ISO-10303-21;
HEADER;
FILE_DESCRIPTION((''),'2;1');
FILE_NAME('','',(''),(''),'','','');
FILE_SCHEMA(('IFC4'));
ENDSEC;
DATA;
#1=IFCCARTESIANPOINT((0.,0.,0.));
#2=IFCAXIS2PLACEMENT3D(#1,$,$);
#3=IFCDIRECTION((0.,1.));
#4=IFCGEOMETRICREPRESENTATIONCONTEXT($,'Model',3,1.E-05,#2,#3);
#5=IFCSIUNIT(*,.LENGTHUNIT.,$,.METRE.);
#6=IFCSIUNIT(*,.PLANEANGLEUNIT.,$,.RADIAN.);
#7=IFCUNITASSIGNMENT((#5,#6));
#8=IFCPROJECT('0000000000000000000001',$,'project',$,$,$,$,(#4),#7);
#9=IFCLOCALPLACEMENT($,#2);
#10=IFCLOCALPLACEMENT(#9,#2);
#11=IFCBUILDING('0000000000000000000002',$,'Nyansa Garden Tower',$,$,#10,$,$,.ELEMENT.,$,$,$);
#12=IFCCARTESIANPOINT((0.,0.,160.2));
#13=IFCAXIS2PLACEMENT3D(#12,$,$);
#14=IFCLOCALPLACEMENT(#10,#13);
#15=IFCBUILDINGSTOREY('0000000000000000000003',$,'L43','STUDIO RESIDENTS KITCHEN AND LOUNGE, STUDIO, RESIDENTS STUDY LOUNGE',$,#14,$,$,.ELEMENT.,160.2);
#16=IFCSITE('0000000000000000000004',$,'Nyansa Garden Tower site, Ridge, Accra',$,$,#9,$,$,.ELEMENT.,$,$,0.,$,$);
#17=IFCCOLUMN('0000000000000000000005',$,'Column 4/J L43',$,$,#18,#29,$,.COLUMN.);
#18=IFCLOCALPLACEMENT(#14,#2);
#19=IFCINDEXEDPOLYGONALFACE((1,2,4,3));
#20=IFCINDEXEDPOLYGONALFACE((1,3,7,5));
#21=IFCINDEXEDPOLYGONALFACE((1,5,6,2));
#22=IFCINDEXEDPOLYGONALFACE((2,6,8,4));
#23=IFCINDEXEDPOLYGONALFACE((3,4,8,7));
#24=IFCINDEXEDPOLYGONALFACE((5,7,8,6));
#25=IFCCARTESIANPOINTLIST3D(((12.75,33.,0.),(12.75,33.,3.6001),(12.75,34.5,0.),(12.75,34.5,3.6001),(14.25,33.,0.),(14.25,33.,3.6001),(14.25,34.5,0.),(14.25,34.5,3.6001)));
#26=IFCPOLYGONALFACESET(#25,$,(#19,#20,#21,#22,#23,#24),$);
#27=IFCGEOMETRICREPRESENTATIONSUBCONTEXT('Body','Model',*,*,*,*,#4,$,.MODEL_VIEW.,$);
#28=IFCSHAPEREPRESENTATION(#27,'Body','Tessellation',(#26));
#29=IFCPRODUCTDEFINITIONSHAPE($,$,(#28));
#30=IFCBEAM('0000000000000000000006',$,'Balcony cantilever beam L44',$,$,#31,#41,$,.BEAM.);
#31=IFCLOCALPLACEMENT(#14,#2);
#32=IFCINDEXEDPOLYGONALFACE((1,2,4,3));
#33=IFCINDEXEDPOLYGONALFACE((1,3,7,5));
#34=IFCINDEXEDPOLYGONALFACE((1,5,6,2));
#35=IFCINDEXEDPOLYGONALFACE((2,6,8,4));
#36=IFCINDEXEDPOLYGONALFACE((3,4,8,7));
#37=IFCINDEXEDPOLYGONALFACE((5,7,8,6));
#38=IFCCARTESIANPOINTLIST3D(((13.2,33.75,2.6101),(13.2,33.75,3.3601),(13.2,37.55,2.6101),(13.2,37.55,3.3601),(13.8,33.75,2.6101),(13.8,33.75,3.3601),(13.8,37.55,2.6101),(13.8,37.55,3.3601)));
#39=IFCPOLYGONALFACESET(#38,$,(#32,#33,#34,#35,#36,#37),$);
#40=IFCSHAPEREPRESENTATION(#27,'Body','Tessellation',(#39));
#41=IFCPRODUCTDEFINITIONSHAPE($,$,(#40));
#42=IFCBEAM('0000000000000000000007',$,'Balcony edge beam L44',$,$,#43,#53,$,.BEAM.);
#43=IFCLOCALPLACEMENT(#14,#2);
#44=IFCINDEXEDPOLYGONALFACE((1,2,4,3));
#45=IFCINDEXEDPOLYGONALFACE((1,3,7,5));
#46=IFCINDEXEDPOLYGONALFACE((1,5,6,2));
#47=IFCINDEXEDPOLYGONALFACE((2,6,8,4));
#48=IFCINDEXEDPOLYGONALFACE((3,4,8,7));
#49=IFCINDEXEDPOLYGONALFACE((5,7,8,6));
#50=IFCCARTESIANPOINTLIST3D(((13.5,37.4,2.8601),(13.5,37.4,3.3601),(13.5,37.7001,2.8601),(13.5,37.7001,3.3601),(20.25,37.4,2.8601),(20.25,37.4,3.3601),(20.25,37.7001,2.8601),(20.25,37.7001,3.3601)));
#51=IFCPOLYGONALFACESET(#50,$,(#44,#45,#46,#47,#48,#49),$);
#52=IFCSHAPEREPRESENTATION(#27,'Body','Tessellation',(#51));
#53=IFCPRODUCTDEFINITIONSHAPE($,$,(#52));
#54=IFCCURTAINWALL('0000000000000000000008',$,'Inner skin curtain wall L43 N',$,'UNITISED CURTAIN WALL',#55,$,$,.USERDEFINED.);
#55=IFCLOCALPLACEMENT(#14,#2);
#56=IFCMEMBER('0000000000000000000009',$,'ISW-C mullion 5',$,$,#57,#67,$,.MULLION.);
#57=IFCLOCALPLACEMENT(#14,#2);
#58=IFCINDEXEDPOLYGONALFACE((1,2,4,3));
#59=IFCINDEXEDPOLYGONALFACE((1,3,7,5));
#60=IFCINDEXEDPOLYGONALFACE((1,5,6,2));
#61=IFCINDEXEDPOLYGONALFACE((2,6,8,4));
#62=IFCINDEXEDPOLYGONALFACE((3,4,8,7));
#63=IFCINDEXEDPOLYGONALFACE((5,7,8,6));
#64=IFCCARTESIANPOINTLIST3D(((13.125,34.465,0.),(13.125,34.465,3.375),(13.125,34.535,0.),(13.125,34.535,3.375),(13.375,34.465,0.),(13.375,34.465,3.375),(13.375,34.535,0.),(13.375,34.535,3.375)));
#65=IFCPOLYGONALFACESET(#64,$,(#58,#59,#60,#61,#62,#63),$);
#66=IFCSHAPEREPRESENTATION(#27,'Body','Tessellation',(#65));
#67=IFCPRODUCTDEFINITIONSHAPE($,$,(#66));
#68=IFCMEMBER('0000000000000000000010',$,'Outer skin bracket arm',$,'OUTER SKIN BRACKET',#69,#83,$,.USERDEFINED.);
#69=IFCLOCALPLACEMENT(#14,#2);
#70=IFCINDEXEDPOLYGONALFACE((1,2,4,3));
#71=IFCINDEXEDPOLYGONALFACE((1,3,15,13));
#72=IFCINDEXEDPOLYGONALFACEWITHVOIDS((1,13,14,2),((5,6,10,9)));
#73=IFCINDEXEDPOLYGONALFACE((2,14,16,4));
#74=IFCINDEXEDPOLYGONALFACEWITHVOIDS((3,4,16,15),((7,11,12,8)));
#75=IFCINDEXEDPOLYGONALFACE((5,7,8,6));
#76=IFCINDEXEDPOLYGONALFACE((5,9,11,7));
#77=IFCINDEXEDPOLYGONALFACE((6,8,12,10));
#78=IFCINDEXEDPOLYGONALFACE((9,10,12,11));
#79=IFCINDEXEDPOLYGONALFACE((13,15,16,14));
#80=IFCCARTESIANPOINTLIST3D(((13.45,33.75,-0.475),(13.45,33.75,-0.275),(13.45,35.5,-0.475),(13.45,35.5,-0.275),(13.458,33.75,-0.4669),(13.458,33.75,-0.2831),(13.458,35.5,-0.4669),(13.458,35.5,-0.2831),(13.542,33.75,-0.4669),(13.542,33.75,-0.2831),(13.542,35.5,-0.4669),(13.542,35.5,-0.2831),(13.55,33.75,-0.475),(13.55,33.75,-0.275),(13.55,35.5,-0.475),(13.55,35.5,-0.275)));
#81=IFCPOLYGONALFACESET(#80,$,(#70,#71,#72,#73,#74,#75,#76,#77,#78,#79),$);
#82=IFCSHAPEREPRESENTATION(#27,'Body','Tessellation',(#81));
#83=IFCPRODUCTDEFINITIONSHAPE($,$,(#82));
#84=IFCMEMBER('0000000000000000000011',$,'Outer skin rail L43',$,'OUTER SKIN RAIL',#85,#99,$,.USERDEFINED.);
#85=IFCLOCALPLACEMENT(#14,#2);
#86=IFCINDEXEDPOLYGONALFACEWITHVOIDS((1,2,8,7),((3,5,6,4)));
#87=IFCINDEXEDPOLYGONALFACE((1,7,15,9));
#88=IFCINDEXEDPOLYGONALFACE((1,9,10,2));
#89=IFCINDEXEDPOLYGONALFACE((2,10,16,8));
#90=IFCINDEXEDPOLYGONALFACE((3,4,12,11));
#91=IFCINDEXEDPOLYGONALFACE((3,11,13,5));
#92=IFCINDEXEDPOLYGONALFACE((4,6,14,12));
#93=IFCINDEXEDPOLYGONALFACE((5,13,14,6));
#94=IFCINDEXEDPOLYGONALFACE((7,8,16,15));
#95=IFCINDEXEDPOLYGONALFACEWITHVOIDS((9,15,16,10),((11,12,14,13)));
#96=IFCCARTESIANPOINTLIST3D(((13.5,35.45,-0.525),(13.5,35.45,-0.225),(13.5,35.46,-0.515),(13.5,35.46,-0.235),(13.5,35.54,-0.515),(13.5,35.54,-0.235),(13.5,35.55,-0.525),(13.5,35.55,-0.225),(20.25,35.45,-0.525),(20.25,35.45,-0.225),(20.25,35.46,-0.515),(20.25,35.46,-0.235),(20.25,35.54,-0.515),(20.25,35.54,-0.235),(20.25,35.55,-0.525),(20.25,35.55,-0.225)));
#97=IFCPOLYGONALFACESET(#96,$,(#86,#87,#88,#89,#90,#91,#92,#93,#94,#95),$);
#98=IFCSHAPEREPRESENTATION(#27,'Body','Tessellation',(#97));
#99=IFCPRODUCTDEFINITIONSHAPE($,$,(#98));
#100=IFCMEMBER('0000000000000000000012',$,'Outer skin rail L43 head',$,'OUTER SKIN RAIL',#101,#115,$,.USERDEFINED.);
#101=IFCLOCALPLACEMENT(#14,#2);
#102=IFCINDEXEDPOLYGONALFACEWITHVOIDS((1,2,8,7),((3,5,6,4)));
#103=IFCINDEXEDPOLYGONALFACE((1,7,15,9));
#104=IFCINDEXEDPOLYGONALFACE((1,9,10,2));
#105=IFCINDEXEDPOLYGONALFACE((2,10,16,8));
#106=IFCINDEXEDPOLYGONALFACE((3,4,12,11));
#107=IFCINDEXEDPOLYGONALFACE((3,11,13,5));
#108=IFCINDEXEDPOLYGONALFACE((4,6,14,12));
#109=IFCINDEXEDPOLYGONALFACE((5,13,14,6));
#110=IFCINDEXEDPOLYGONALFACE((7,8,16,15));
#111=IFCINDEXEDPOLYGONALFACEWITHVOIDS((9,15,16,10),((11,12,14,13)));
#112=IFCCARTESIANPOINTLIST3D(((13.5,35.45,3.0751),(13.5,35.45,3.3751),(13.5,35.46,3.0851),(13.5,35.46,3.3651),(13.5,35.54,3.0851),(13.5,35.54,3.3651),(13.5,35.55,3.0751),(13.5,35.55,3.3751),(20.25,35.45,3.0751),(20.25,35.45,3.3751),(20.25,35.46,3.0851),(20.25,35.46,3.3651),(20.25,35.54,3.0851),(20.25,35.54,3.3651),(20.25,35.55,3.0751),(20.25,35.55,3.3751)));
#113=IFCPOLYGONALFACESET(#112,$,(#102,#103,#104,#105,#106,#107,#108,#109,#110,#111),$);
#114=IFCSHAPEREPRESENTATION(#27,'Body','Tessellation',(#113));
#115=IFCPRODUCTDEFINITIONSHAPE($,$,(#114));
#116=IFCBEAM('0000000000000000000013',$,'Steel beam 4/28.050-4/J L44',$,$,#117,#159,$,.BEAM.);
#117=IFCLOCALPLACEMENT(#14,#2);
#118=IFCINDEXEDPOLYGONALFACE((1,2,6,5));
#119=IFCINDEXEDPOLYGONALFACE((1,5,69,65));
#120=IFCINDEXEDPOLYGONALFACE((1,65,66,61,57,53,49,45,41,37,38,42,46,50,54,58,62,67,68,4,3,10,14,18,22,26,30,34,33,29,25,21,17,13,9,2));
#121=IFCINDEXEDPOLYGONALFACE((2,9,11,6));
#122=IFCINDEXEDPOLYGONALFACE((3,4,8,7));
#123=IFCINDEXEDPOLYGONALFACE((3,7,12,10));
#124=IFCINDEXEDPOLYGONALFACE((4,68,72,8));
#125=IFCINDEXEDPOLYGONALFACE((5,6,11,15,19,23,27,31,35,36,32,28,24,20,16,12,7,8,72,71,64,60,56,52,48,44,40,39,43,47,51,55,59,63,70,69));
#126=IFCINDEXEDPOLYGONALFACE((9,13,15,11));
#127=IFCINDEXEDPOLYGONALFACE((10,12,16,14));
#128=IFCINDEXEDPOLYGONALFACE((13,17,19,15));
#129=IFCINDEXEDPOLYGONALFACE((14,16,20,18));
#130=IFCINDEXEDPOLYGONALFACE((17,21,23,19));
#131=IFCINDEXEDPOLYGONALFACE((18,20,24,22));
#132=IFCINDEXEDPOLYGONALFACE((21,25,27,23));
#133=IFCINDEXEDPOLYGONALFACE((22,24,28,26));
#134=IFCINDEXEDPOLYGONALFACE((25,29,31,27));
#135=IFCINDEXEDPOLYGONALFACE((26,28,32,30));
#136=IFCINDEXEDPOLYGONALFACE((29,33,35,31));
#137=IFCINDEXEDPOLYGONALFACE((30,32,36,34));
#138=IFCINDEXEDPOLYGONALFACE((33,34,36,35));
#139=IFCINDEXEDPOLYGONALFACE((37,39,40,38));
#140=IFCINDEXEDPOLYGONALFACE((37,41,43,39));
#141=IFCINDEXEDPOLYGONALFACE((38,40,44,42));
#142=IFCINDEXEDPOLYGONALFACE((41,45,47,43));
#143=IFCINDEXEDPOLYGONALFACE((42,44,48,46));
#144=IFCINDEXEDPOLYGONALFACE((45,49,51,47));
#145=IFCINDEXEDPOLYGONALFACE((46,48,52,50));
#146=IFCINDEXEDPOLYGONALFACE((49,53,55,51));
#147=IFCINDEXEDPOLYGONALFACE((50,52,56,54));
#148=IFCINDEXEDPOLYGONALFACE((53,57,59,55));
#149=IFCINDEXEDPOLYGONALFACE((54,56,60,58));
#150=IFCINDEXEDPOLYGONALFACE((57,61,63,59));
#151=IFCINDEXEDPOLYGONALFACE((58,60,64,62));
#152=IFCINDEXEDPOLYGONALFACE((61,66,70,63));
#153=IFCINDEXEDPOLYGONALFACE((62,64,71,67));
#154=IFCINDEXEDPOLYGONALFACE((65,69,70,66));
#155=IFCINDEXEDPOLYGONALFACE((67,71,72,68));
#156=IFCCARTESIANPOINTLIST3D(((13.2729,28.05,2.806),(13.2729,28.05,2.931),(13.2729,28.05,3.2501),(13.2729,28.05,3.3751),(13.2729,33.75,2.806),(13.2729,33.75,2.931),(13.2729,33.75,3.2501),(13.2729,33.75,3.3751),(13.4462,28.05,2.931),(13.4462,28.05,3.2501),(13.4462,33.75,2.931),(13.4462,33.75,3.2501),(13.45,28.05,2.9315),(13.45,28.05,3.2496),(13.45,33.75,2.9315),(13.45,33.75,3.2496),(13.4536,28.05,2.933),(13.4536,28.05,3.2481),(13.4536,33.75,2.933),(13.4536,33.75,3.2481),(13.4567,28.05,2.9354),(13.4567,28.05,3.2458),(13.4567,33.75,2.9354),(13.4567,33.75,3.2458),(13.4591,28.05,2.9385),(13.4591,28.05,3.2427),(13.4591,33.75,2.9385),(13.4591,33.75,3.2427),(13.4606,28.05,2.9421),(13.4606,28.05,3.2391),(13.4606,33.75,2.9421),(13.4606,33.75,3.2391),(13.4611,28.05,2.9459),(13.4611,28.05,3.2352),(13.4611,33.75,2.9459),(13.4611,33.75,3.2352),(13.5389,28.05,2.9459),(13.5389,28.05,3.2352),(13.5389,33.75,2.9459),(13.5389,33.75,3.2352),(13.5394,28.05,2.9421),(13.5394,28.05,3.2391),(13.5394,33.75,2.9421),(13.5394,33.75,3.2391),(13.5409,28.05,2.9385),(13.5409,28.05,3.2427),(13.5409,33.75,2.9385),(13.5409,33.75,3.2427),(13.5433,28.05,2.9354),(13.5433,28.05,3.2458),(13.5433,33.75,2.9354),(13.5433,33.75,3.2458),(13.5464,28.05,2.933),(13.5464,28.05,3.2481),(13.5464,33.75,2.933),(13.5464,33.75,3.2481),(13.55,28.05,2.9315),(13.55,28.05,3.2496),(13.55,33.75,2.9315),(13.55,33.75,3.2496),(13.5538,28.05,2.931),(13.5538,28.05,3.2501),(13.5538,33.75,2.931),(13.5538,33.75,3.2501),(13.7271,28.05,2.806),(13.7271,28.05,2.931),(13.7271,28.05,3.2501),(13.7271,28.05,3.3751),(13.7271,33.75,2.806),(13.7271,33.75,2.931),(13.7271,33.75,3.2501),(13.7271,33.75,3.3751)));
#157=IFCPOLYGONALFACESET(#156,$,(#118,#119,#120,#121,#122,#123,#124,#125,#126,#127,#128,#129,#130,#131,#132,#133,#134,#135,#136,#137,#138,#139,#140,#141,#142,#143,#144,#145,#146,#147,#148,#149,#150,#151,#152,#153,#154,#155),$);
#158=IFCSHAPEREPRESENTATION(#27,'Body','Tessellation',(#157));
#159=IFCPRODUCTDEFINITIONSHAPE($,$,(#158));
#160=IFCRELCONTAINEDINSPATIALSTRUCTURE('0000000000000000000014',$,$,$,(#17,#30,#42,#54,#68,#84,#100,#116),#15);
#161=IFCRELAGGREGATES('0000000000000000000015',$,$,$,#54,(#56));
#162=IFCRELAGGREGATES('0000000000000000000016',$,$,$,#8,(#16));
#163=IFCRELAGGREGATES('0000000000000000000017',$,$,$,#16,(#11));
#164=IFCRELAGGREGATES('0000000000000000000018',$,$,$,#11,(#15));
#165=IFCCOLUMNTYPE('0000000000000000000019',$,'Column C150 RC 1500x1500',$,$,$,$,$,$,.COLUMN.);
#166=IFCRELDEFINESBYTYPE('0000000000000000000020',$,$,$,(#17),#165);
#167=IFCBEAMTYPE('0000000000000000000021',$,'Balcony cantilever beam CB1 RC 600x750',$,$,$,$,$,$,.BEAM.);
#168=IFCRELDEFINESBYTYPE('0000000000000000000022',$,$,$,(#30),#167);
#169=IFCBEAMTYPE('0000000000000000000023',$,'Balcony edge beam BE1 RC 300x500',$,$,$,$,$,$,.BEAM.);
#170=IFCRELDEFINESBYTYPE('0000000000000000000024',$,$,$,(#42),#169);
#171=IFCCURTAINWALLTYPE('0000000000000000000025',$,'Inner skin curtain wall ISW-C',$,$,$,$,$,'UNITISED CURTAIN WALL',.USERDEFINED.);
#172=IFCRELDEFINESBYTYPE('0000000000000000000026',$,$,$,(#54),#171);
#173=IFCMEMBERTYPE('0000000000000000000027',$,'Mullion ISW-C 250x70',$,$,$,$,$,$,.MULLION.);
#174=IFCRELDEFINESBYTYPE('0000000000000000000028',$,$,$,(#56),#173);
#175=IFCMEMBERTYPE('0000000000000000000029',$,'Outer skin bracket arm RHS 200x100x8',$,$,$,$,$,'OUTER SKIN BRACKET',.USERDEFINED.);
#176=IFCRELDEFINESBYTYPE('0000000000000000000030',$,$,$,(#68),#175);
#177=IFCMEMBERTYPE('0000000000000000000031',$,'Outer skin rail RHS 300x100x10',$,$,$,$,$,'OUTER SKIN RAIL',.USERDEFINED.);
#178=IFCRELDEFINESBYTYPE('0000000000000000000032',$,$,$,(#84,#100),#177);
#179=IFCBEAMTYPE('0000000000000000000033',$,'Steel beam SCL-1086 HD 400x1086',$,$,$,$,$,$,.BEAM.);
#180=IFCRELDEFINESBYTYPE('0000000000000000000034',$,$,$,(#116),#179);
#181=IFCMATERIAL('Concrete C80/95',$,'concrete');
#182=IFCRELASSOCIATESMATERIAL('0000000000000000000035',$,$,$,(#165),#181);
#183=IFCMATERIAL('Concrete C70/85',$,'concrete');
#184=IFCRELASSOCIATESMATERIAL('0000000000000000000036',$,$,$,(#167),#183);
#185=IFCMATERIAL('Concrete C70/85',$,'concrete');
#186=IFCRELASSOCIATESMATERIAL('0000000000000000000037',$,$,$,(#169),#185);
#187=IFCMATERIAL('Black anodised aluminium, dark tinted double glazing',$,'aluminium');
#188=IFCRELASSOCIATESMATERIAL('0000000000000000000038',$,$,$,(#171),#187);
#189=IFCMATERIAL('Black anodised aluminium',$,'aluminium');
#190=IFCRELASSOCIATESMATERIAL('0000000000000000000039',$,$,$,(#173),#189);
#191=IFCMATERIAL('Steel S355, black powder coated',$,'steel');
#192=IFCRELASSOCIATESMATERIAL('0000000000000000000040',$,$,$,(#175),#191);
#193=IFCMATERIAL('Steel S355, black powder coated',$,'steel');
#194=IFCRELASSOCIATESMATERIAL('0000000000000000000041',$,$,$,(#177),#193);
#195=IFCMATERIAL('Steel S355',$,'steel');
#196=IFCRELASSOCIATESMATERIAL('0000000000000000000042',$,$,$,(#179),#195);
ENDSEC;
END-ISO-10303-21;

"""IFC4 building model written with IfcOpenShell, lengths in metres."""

from ifc_helpers import new_model, si_unit, direction, frame, origin, origin_2d, place, context, subcontext, project, spatial, rectangle, hollow_rectangle, i_section, extrude, material, material_profile, profile_set, type_object, element, aggregate, save


model = new_model("IFC4")

# Units and contexts
model_context = context("Model", 3, precision=1e-05, world=origin(), true_north=direction((0.0, 1.0)))
body_context = subcontext(model_context, "Body", "Model", "MODEL_VIEW")
ifc_project = project(units=[si_unit("LENGTHUNIT", "METRE"), si_unit("PLANEANGLEUNIT", "RADIAN")], contexts=[model_context])

# Site, building, storey
site_placement = place(None, origin())
site = spatial("IfcSite", under=ifc_project, at=site_placement, Name="Nyansa Garden Tower site, Ridge, Accra", CompositionType="ELEMENT", RefElevation=0.0)
building_placement = place(site_placement, origin())
building = spatial("IfcBuilding", under=site, at=building_placement, Name="Nyansa Garden Tower", CompositionType="ELEMENT")
storey_placement = place(building_placement, frame((0.0, 0.0, 160.2)))
storey = spatial("IfcBuildingStorey", under=building, at=storey_placement, Name="L43", Description="STUDIO RESIDENTS KITCHEN AND LOUNGE, STUDIO, RESIDENTS STUDY LOUNGE", CompositionType="ELEMENT", Elevation=160.2)

# Column
ifc_material_1 = material(Name="Concrete C80/95", Category="concrete")
ifc_material_profile_1 = material_profile(ifc_material_1, rectangle(XDim=1.5, YDim=1.5, at=origin_2d()), Name="RC 1500x1500")
ifc_profile_set_1 = profile_set([ifc_material_profile_1], Name="Concrete C80/95")
column_type = type_object("IfcColumnType", Name="Column C150 RC 1500x1500", PredefinedType="COLUMN", material=ifc_profile_set_1)
column_placement = place(storey_placement, frame((13.5, 33.75, 0.0), z_axis=(0.0, 0.0, 1.0), x_axis=(1.0, 0.0, 0.0)))
element("IfcColumn", 1, at=column_placement, inside=storey, type_object=column_type, Name="Column 4/J L43", PredefinedType="COLUMN", context=body_context, shape_type="SweptSolid", body=[
    extrude(rectangle(XDim=1.5, YDim=1.5, at=origin_2d()), origin(), (0.0, 0.0, 1.0), 3.6001),
])

# Beams
ifc_material_2 = material(Name="Concrete C70/85", Category="concrete")
ifc_material_profile_2 = material_profile(ifc_material_2, rectangle(XDim=0.6001, YDim=0.75, at=origin_2d()), Name="RC 600x750")
ifc_profile_set_2 = profile_set([ifc_material_profile_2], Name="Concrete C70/85")
beam_type_1 = type_object("IfcBeamType", Name="Balcony cantilever beam CB1 RC 600x750", PredefinedType="BEAM", material=ifc_profile_set_2)
beam_1_placement = place(storey_placement, frame((13.5, 33.75, 2.9851), z_axis=(0.0, 1.0, 0.0), x_axis=(-1.0, 0.0, 0.0)))
element("IfcBeam", 2, at=beam_1_placement, inside=storey, type_object=beam_type_1, Name="Balcony cantilever beam L44", PredefinedType="BEAM", context=body_context, shape_type="SweptSolid", body=[
    extrude(rectangle(XDim=0.6001, YDim=0.75, at=origin_2d()), origin(), (0.0, 0.0, 1.0), 3.8),
])
ifc_material_3 = material(Name="Concrete C70/85", Category="concrete")
ifc_material_profile_3 = material_profile(ifc_material_3, rectangle(XDim=0.3, YDim=0.5, at=origin_2d()), Name="RC 300x500")
ifc_profile_set_3 = profile_set([ifc_material_profile_3], Name="Concrete C70/85")
beam_type_2 = type_object("IfcBeamType", Name="Balcony edge beam BE1 RC 300x500", PredefinedType="BEAM", material=ifc_profile_set_3)
beam_2_placement = place(storey_placement, frame((13.5, 37.55, 3.1101), z_axis=(1.0, 0.0, 0.0), x_axis=(0.0, 1.0, 0.0)))
element("IfcBeam", 3, at=beam_2_placement, inside=storey, type_object=beam_type_2, Name="Balcony edge beam L44", PredefinedType="BEAM", context=body_context, shape_type="SweptSolid", body=[
    extrude(rectangle(XDim=0.3, YDim=0.5, at=origin_2d()), origin(), (0.0, 0.0, 1.0), 6.75),
])

# Curtain wall, member
ifc_material_4 = material(Name="Black anodised aluminium, dark tinted double glazing", Category="aluminium")
curtain_wall_type = type_object("IfcCurtainWallType", Name="Inner skin curtain wall ISW-C", ElementType="UNITISED CURTAIN WALL", PredefinedType="USERDEFINED", material=ifc_material_4)
curtain_wall_placement = place(storey_placement, origin())
curtain_wall = element("IfcCurtainWall", 4, at=curtain_wall_placement, inside=storey, type_object=curtain_wall_type, Name="Inner skin curtain wall L43 N", ObjectType="UNITISED CURTAIN WALL", PredefinedType="USERDEFINED")
ifc_material_5 = material(Name="Black anodised aluminium", Category="aluminium")
ifc_material_profile_4 = material_profile(ifc_material_5, rectangle(XDim=0.0701, YDim=0.25, at=origin_2d()), Name="Mullion 250x70")
ifc_profile_set_4 = profile_set([ifc_material_profile_4], Name="Black anodised aluminium")
member_type_1 = type_object("IfcMemberType", Name="Mullion ISW-C 250x70", PredefinedType="MULLION", material=ifc_profile_set_4)
member_1_placement = place(storey_placement, frame((13.25, 34.5, 0.0), z_axis=(0.0, 0.0, 1.0), x_axis=(0.0, -1.0, 0.0)))
member_1 = element("IfcMember", 5, at=member_1_placement, type_object=member_type_1, Name="ISW-C mullion 5", PredefinedType="MULLION", context=body_context, shape_type="SweptSolid", body=[
    extrude(rectangle(XDim=0.0701, YDim=0.25, at=origin_2d()), origin(), (0.0, 0.0, 1.0), 3.375),
])

# Members
ifc_material_6 = material(Name="Steel S355, black powder coated", Category="steel")
ifc_material_profile_5 = material_profile(ifc_material_6, hollow_rectangle(XDim=0.1001, YDim=0.2, WallThickness=0.0081, at=origin_2d()), Name="RHS 200x100x8")
ifc_profile_set_5 = profile_set([ifc_material_profile_5], Name="Steel S355, black powder coated")
member_type_2 = type_object("IfcMemberType", Name="Outer skin bracket arm RHS 200x100x8", ElementType="OUTER SKIN BRACKET", PredefinedType="USERDEFINED", material=ifc_profile_set_5)
member_2_placement = place(storey_placement, frame((13.5, 33.75, -0.375), z_axis=(0.0, 1.0, 0.0), x_axis=(-1.0, 0.0, 0.0)))
element("IfcMember", 6, at=member_2_placement, inside=storey, type_object=member_type_2, Name="Outer skin bracket arm", ObjectType="OUTER SKIN BRACKET", PredefinedType="USERDEFINED", context=body_context, shape_type="SweptSolid", body=[
    extrude(hollow_rectangle(XDim=0.1001, YDim=0.2, WallThickness=0.0081, at=origin_2d()), origin(), (0.0, 0.0, 1.0), 1.75),
])
ifc_material_7 = material(Name="Steel S355, black powder coated", Category="steel")
ifc_material_profile_6 = material_profile(ifc_material_7, hollow_rectangle(XDim=0.1001, YDim=0.3, WallThickness=0.01, at=origin_2d()), Name="RHS 300x100x10")
ifc_profile_set_6 = profile_set([ifc_material_profile_6], Name="Steel S355, black powder coated")
member_type_3 = type_object("IfcMemberType", Name="Outer skin rail RHS 300x100x10", ElementType="OUTER SKIN RAIL", PredefinedType="USERDEFINED", material=ifc_profile_set_6)
for number, where, z_axis, x_axis, name in (
    (7, (13.5, 35.5, -0.375), (1.0, 0.0, 0.0), (0.0, 1.0, 0.0), "Outer skin rail L43"),
    (8, (13.5, 35.5, 3.2251), (1.0, 0.0, 0.0), (0.0, 1.0, 0.0), "Outer skin rail L43 head"),
):
    element("IfcMember", number, at=place(storey_placement, frame(where, z_axis=z_axis, x_axis=x_axis)), inside=storey, type_object=member_type_3, Name=name, ObjectType="OUTER SKIN RAIL", PredefinedType="USERDEFINED", context=body_context, shape_type="SweptSolid", body=[
        extrude(hollow_rectangle(XDim=0.1001, YDim=0.3, WallThickness=0.01, at=origin_2d()), origin(), (0.0, 0.0, 1.0), 6.75),
    ])

# Beam
ifc_material_8 = material(Name="Steel S355", Category="steel")
ifc_material_profile_7 = material_profile(ifc_material_8, i_section(OverallWidth=0.4541, OverallDepth=0.5691, WebThickness=0.0779, FlangeThickness=0.125, FilletRadius=0.0149, at=origin_2d()), Name="HD 400x1086")
ifc_profile_set_7 = profile_set([ifc_material_profile_7], Name="Steel S355")
beam_type_3 = type_object("IfcBeamType", Name="Steel beam SCL-1086 HD 400x1086", PredefinedType="BEAM", material=ifc_profile_set_7)
beam_3_placement = place(storey_placement, frame((13.5, 28.05, 3.0906), z_axis=(0.0, 1.0, 0.0), x_axis=(-1.0, 0.0, 0.0)))
element("IfcBeam", 9, at=beam_3_placement, inside=storey, type_object=beam_type_3, Name="Steel beam 4/28.050-4/J L44", PredefinedType="BEAM", context=body_context, shape_type="SweptSolid", body=[
    extrude(i_section(OverallWidth=0.4541, OverallDepth=0.5691, WebThickness=0.0779, FlangeThickness=0.125, FilletRadius=0.0149, at=origin_2d()), origin(), (0.0, 0.0, 1.0), 5.7),
])

aggregate(curtain_wall, [member_1])

save(model, "model.ifc")
